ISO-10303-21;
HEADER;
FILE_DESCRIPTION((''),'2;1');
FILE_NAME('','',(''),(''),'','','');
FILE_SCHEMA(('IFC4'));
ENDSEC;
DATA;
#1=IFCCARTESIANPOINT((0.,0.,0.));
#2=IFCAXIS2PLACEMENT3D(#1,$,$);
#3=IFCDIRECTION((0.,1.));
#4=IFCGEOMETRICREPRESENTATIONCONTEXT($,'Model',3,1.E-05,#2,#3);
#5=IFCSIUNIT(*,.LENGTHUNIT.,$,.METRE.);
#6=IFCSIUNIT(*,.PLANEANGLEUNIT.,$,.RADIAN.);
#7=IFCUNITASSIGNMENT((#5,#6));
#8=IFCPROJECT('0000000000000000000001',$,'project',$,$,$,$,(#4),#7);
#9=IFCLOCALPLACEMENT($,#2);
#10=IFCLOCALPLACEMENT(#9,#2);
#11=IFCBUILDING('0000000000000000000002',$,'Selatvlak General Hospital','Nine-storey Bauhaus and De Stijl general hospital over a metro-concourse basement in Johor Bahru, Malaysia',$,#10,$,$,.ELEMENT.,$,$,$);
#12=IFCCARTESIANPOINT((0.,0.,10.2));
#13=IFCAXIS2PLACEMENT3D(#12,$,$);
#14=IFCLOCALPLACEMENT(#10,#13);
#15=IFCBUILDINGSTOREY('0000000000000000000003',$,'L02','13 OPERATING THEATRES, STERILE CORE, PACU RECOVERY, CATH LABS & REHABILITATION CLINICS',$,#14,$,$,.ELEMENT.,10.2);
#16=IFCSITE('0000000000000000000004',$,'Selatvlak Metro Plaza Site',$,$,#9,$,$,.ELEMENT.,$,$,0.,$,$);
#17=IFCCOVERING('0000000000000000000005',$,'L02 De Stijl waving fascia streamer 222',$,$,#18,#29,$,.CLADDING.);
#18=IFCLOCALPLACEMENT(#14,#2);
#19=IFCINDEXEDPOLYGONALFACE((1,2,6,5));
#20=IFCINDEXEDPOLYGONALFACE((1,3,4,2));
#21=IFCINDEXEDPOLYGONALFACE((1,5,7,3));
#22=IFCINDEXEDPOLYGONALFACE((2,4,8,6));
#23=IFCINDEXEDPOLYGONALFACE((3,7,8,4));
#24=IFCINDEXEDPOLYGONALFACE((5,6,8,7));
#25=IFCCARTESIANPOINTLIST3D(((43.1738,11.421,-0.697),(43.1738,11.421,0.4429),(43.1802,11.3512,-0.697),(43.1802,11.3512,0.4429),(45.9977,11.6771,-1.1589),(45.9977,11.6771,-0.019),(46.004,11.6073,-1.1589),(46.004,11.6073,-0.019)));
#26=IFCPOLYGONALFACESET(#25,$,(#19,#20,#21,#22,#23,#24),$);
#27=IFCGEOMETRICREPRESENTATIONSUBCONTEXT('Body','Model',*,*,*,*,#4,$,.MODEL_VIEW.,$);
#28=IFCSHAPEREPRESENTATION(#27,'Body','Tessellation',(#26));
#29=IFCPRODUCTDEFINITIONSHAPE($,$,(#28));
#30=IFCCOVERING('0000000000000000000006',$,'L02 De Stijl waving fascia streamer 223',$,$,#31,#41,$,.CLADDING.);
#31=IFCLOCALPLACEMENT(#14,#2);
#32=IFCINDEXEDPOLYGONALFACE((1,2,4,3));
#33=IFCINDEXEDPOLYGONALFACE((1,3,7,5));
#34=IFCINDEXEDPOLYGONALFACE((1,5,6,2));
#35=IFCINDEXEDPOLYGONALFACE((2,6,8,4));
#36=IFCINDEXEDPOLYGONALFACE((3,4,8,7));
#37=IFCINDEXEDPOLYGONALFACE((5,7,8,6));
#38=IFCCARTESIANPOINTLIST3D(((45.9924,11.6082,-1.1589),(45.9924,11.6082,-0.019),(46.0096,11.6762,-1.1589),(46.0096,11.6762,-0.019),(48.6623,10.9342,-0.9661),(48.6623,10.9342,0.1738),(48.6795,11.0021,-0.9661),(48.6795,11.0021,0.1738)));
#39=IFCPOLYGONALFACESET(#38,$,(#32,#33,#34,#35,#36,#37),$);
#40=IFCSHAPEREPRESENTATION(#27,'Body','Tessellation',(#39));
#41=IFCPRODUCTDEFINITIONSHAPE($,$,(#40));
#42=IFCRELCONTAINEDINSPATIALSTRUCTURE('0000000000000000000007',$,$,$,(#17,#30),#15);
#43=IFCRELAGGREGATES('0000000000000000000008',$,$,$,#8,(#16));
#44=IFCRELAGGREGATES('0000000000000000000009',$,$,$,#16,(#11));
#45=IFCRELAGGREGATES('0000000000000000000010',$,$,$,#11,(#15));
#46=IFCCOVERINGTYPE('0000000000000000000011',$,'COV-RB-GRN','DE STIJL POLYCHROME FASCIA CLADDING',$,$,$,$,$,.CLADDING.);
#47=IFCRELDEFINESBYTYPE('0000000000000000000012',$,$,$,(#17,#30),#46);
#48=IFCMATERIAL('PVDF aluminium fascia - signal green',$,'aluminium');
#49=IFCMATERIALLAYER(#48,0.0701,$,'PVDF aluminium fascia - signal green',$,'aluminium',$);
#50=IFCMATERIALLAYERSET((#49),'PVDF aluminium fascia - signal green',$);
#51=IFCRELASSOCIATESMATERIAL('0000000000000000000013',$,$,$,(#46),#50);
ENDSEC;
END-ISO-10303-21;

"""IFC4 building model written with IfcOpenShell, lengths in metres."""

from ifc_helpers import new_model, si_unit, direction, frame, origin, place, context, subcontext, project, spatial, polyline, outline, extrude, material, layer, layer_set, type_object, element, save


model = new_model("IFC4")

# Units and contexts
model_context = context("Model", 3, precision=1e-05, world=origin(), true_north=direction((0.0, 1.0)))
body_context = subcontext(model_context, "Body", "Model", "MODEL_VIEW")
ifc_project = project(units=[si_unit("LENGTHUNIT", "METRE"), si_unit("PLANEANGLEUNIT", "RADIAN")], contexts=[model_context])

# Site, building, storey
site_placement = place(None, origin())
site = spatial("IfcSite", under=ifc_project, at=site_placement, Name="Selatvlak Metro Plaza Site", CompositionType="ELEMENT", RefElevation=0.0)
building_placement = place(site_placement, origin())
building = spatial("IfcBuilding", under=site, at=building_placement, Name="Selatvlak General Hospital", Description="Nine-storey Bauhaus and De Stijl general hospital over a metro-concourse basement in Johor Bahru, Malaysia", CompositionType="ELEMENT")
storey_placement = place(building_placement, frame((0.0, 0.0, 10.2)))
storey = spatial("IfcBuildingStorey", under=building, at=storey_placement, Name="L02", Description="13 OPERATING THEATRES, STERILE CORE, PACU RECOVERY, CATH LABS & REHABILITATION CLINICS", CompositionType="ELEMENT", Elevation=10.2)

# Coverings
ifc_material_1 = material(Name="PVDF aluminium fascia - signal green", Category="aluminium")
ifc_layer_1 = layer(ifc_material_1, 0.0701, Name="PVDF aluminium fascia - signal green", Category="aluminium")
ifc_layer_set_1 = layer_set([ifc_layer_1], Name="PVDF aluminium fascia - signal green")
covering_type = type_object("IfcCoveringType", Name="COV-RB-GRN", Description="DE STIJL POLYCHROME FASCIA CLADDING", PredefinedType="CLADDING", material=ifc_layer_set_1)
covering_1_placement = place(storey_placement, frame((43.177, 11.386, -0.697), z_axis=(0.0, 0.0, 1.0), x_axis=(0.995913, 0.090318, 0.0)))
element("IfcCovering", 1, at=covering_1_placement, inside=storey, type_object=covering_type, Name="L02 De Stijl waving fascia streamer 222", PredefinedType="CLADDING", context=body_context, shape_type="SweptSolid", body=[
    extrude(outline(polyline([(0.0, 0.0), (2.8354, -0.4619), (2.8354, 0.678), (0.0, 1.1399), (0.0, 0.0)])), frame((0.0, 0.0352, 0.0), z_axis=(0.0, -1.0, 0.0), x_axis=(1.0, 0.0, 0.0)), (0.0, 0.0, 1.0), 0.0701),
])
covering_2_placement = place(storey_placement, frame((46.001, 11.6421, -1.1589), z_axis=(0.0, 0.0, 1.0), x_axis=(0.969577, -0.244788, 0.0)))
element("IfcCovering", 2, at=covering_2_placement, inside=storey, type_object=covering_type, Name="L02 De Stijl waving fascia streamer 223", PredefinedType="CLADDING", context=body_context, shape_type="SweptSolid", body=[
    extrude(outline(polyline([(0.0, 0.0), (2.7537, 0.1929), (2.7537, 1.3328), (0.0, 1.1399), (0.0, 0.0)])), frame((0.0, 0.0352, 0.0), z_axis=(0.0, -1.0, 0.0), x_axis=(1.0, 0.0, 0.0)), (0.0, 0.0, 1.0), 0.0701),
])

save(model, "model.ifc")
